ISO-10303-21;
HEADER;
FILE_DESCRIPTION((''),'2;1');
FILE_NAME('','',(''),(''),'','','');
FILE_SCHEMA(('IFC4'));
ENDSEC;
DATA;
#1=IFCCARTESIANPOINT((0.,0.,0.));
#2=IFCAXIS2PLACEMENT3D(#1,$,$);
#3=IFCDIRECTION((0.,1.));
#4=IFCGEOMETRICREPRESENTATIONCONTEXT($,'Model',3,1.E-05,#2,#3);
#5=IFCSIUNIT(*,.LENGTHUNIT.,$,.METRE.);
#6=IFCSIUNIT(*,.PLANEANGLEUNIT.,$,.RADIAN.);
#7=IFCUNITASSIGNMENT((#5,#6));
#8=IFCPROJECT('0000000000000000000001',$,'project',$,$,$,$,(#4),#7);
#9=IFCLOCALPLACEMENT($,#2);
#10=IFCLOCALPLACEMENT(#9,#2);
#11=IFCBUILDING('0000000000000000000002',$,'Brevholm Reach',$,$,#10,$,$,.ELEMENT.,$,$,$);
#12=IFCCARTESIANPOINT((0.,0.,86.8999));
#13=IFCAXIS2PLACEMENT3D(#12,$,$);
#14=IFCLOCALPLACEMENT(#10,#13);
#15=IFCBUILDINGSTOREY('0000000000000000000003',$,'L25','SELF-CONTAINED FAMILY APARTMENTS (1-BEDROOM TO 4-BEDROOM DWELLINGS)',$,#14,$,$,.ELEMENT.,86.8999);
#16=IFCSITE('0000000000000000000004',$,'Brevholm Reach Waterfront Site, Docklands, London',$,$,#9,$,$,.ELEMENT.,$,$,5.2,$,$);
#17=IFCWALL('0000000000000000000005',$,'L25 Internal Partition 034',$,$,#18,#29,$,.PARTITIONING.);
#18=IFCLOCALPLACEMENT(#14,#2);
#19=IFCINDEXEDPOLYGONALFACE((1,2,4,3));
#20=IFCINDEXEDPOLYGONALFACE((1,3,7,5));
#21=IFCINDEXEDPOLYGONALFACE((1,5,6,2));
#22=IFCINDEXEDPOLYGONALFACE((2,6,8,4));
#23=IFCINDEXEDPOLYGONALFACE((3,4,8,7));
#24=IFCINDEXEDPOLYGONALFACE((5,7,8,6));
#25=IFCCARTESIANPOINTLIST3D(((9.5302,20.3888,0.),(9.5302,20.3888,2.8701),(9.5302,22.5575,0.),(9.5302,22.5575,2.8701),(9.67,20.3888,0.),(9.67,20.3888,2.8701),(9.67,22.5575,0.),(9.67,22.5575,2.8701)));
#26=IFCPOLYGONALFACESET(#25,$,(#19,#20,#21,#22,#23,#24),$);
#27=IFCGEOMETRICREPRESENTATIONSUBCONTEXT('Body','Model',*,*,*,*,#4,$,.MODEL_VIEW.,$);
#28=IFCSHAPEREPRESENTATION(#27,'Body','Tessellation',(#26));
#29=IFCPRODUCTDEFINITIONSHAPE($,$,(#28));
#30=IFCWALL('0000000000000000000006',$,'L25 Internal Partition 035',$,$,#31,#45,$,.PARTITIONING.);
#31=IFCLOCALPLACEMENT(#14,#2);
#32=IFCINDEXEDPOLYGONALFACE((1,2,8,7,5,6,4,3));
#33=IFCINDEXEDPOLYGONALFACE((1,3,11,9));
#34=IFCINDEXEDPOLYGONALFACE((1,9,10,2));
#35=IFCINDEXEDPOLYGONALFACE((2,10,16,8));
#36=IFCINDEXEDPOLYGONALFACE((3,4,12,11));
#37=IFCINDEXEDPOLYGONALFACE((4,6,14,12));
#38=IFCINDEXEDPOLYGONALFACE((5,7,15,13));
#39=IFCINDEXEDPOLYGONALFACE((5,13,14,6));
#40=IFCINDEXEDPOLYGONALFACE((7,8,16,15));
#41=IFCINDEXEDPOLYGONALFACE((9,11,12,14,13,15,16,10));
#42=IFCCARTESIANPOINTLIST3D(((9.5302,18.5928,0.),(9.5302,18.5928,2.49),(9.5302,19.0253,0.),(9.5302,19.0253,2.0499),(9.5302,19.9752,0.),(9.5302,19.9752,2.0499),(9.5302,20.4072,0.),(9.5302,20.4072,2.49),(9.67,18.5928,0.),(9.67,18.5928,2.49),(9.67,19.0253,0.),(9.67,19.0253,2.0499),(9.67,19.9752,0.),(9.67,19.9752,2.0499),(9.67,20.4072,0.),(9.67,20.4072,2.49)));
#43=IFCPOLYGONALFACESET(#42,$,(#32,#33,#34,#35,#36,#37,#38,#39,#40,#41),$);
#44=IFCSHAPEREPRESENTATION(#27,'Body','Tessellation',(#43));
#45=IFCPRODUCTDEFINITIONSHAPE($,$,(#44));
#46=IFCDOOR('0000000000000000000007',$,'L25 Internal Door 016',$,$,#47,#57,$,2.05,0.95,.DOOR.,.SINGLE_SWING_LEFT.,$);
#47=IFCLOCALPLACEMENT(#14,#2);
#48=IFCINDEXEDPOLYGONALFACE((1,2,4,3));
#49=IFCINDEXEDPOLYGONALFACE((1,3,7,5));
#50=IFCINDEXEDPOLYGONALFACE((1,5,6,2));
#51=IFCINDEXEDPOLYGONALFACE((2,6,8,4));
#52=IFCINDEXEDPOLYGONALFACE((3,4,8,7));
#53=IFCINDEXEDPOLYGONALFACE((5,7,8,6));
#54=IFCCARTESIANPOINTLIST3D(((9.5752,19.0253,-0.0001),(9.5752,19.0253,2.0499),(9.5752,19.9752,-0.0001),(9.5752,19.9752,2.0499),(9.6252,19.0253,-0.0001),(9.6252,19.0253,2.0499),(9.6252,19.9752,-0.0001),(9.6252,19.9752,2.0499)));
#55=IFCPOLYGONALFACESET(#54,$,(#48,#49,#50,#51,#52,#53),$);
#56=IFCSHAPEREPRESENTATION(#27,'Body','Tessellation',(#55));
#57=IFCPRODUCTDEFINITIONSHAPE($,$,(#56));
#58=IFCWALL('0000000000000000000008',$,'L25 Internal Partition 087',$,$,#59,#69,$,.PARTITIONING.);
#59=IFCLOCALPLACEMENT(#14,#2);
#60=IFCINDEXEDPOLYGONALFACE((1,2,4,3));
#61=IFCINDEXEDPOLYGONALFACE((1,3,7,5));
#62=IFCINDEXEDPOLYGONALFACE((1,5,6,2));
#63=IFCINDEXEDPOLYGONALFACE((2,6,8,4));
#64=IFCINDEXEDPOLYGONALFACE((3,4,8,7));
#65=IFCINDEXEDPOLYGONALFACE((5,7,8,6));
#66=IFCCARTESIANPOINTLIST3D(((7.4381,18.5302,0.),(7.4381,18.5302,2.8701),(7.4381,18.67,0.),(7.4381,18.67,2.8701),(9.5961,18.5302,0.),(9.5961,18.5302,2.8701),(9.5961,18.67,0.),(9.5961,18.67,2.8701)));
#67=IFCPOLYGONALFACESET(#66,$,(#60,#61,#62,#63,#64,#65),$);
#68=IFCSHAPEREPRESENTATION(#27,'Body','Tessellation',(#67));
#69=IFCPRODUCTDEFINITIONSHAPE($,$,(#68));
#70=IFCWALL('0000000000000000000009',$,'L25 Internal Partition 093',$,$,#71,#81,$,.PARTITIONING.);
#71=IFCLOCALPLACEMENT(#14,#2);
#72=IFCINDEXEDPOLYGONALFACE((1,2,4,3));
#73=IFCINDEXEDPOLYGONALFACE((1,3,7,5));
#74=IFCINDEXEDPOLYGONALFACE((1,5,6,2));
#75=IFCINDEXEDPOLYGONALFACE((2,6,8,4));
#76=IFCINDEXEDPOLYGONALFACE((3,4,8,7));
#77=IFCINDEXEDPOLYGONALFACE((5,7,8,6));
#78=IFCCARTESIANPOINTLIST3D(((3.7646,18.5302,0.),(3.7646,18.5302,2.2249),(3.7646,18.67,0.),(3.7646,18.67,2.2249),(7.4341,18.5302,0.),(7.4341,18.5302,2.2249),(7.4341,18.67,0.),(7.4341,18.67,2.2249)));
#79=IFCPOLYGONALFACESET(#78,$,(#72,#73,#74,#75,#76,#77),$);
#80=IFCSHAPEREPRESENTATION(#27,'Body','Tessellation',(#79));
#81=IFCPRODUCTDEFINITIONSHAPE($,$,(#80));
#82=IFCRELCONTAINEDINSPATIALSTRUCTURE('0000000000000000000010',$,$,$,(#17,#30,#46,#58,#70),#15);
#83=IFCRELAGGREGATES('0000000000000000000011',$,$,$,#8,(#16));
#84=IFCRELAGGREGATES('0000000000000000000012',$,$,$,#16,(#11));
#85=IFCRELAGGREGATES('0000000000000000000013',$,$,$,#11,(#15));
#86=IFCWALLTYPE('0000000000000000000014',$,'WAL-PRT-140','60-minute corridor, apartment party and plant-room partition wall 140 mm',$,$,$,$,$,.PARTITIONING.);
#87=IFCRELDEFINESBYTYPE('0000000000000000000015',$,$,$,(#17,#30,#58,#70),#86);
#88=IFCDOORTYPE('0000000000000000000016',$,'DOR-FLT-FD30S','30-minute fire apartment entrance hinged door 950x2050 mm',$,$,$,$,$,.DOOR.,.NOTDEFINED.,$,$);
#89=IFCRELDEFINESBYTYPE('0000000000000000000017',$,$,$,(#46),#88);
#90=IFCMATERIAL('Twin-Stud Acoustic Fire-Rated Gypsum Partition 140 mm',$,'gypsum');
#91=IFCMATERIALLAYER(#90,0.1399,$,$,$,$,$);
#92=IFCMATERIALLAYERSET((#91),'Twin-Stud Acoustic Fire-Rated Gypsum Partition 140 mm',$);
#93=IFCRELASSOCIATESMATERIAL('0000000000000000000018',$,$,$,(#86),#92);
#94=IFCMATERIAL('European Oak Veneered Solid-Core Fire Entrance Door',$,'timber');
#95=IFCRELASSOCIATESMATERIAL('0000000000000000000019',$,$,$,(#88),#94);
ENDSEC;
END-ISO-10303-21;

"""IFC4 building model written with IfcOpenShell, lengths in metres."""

from ifc_helpers import new_model, si_unit, direction, frame, frame_2d, origin, place, context, subcontext, project, spatial, rectangle, extrude, material, layer, layer_set, type_object, element, fill, save


model = new_model("IFC4")

# Units and contexts
model_context = context("Model", 3, precision=1e-05, world=origin(), true_north=direction((0.0, 1.0)))
body_context = subcontext(model_context, "Body", "Model", "MODEL_VIEW")
ifc_project = project(units=[si_unit("LENGTHUNIT", "METRE"), si_unit("PLANEANGLEUNIT", "RADIAN")], contexts=[model_context])

# Site, building, storey
site_placement = place(None, origin())
site = spatial("IfcSite", under=ifc_project, at=site_placement, Name="Brevholm Reach Waterfront Site, Docklands, London", CompositionType="ELEMENT", RefElevation=5.2)
building_placement = place(site_placement, origin())
building = spatial("IfcBuilding", under=site, at=building_placement, Name="Brevholm Reach", CompositionType="ELEMENT")
storey_placement = place(building_placement, frame((0.0, 0.0, 86.8999)))
storey = spatial("IfcBuildingStorey", under=building, at=storey_placement, Name="L25", Description="SELF-CONTAINED FAMILY APARTMENTS (1-BEDROOM TO 4-BEDROOM DWELLINGS)", CompositionType="ELEMENT", Elevation=86.8999)

# Wall
ifc_material_1 = material(Name="Twin-Stud Acoustic Fire-Rated Gypsum Partition 140 mm", Category="gypsum")
ifc_layer_1 = layer(ifc_material_1, 0.1399)
ifc_layer_set_1 = layer_set([ifc_layer_1], Name="Twin-Stud Acoustic Fire-Rated Gypsum Partition 140 mm")
wall_type_1 = type_object("IfcWallType", Name="WAL-PRT-140", Description="60-minute corridor, apartment party and plant-room partition wall 140 mm", PredefinedType="PARTITIONING", material=ifc_layer_set_1)
wall_1_placement = place(storey_placement, frame((9.6001, 20.3887, 0.0), z_axis=(0.0, 0.0, 1.0), x_axis=(0.0, 1.0, 0.0)))
element("IfcWall", 1, at=wall_1_placement, inside=storey, type_object=wall_type_1, Name="L25 Internal Partition 034", PredefinedType="PARTITIONING", context=body_context, shape_type="SweptSolid", body=[
    extrude(rectangle(XDim=2.1687, YDim=0.1399, at=frame_2d((1.0845, 0.0))), origin(), (0.0, 0.0, 1.0), 2.8701),
])

# Wall, opening, door
wall_2_placement = place(storey_placement, frame((9.6001, 18.5928, 0.0), z_axis=(0.0, 0.0, 1.0), x_axis=(0.0, 1.0, 0.0)))
wall_2 = element("IfcWall", 2, at=wall_2_placement, inside=storey, type_object=wall_type_1, Name="L25 Internal Partition 035", PredefinedType="PARTITIONING", context=body_context, shape_type="SweptSolid", body=[
    extrude(rectangle(XDim=1.8145, YDim=0.1399, at=frame_2d((0.9072, 0.0))), origin(), (0.0, 0.0, 1.0), 2.49),
])
opening_1_placement = place(wall_2_placement, frame((0.4324, 0.0, 0.0)))
opening_1 = element("IfcOpeningElement", 3, at=opening_1_placement, cuts=wall_2, PredefinedType="OPENING", context=body_context, shape_type="SweptSolid", body=[
    extrude(rectangle(XDim=0.95, YDim=2.05, at=frame_2d((0.4751, 1.0249))), frame((0.0, 0.0798, 0.0), z_axis=(0.0, -1.0, 0.0), x_axis=(1.0, 0.0, 0.0)), (0.0, 0.0, 1.0), 0.1599),
])
ifc_material_2 = material(Name="European Oak Veneered Solid-Core Fire Entrance Door", Category="timber")
door_type_1 = type_object("IfcDoorType", Name="DOR-FLT-FD30S", Description="30-minute fire apartment entrance hinged door 950x2050 mm", OperationType="NOTDEFINED", PredefinedType="DOOR", material=ifc_material_2)
door_1_placement = place(opening_1_placement, origin())
door_1 = element("IfcDoor", 4, at=door_1_placement, inside=storey, type_object=door_type_1, Name="L25 Internal Door 016", OperationType="SINGLE_SWING_LEFT", OverallHeight=2.05, OverallWidth=0.95, PredefinedType="DOOR", context=body_context, shape_type="SweptSolid", body=[
    extrude(rectangle(XDim=0.95, YDim=2.05, at=frame_2d((0.4751, 1.0249))), frame((0.0, 0.0249, 0.0), z_axis=(0.0, -1.0, 0.0), x_axis=(1.0, 0.0, 0.0)), (0.0, 0.0, 1.0), 0.05),
])
fill(opening_1, door_1)

# Walls
wall_3_placement = place(storey_placement, frame((7.438, 18.6001, 0.0), z_axis=(0.0, 0.0, 1.0), x_axis=(1.0, 0.0, 0.0)))
element("IfcWall", 5, at=wall_3_placement, inside=storey, type_object=wall_type_1, Name="L25 Internal Partition 087", PredefinedType="PARTITIONING", context=body_context, shape_type="SweptSolid", body=[
    extrude(rectangle(XDim=2.158, YDim=0.1399, at=frame_2d((1.0791, 0.0))), origin(), (0.0, 0.0, 1.0), 2.8701),
])
wall_4_placement = place(storey_placement, frame((3.7646, 18.6001, 0.0), z_axis=(0.0, 0.0, 1.0), x_axis=(1.0, 0.0, 0.0)))
element("IfcWall", 6, at=wall_4_placement, inside=storey, type_object=wall_type_1, Name="L25 Internal Partition 093", PredefinedType="PARTITIONING", context=body_context, shape_type="SweptSolid", body=[
    extrude(rectangle(XDim=3.6694, YDim=0.1399, at=frame_2d((1.8347, 0.0))), origin(), (0.0, 0.0, 1.0), 2.2249),
])

save(model, "model.ifc")
